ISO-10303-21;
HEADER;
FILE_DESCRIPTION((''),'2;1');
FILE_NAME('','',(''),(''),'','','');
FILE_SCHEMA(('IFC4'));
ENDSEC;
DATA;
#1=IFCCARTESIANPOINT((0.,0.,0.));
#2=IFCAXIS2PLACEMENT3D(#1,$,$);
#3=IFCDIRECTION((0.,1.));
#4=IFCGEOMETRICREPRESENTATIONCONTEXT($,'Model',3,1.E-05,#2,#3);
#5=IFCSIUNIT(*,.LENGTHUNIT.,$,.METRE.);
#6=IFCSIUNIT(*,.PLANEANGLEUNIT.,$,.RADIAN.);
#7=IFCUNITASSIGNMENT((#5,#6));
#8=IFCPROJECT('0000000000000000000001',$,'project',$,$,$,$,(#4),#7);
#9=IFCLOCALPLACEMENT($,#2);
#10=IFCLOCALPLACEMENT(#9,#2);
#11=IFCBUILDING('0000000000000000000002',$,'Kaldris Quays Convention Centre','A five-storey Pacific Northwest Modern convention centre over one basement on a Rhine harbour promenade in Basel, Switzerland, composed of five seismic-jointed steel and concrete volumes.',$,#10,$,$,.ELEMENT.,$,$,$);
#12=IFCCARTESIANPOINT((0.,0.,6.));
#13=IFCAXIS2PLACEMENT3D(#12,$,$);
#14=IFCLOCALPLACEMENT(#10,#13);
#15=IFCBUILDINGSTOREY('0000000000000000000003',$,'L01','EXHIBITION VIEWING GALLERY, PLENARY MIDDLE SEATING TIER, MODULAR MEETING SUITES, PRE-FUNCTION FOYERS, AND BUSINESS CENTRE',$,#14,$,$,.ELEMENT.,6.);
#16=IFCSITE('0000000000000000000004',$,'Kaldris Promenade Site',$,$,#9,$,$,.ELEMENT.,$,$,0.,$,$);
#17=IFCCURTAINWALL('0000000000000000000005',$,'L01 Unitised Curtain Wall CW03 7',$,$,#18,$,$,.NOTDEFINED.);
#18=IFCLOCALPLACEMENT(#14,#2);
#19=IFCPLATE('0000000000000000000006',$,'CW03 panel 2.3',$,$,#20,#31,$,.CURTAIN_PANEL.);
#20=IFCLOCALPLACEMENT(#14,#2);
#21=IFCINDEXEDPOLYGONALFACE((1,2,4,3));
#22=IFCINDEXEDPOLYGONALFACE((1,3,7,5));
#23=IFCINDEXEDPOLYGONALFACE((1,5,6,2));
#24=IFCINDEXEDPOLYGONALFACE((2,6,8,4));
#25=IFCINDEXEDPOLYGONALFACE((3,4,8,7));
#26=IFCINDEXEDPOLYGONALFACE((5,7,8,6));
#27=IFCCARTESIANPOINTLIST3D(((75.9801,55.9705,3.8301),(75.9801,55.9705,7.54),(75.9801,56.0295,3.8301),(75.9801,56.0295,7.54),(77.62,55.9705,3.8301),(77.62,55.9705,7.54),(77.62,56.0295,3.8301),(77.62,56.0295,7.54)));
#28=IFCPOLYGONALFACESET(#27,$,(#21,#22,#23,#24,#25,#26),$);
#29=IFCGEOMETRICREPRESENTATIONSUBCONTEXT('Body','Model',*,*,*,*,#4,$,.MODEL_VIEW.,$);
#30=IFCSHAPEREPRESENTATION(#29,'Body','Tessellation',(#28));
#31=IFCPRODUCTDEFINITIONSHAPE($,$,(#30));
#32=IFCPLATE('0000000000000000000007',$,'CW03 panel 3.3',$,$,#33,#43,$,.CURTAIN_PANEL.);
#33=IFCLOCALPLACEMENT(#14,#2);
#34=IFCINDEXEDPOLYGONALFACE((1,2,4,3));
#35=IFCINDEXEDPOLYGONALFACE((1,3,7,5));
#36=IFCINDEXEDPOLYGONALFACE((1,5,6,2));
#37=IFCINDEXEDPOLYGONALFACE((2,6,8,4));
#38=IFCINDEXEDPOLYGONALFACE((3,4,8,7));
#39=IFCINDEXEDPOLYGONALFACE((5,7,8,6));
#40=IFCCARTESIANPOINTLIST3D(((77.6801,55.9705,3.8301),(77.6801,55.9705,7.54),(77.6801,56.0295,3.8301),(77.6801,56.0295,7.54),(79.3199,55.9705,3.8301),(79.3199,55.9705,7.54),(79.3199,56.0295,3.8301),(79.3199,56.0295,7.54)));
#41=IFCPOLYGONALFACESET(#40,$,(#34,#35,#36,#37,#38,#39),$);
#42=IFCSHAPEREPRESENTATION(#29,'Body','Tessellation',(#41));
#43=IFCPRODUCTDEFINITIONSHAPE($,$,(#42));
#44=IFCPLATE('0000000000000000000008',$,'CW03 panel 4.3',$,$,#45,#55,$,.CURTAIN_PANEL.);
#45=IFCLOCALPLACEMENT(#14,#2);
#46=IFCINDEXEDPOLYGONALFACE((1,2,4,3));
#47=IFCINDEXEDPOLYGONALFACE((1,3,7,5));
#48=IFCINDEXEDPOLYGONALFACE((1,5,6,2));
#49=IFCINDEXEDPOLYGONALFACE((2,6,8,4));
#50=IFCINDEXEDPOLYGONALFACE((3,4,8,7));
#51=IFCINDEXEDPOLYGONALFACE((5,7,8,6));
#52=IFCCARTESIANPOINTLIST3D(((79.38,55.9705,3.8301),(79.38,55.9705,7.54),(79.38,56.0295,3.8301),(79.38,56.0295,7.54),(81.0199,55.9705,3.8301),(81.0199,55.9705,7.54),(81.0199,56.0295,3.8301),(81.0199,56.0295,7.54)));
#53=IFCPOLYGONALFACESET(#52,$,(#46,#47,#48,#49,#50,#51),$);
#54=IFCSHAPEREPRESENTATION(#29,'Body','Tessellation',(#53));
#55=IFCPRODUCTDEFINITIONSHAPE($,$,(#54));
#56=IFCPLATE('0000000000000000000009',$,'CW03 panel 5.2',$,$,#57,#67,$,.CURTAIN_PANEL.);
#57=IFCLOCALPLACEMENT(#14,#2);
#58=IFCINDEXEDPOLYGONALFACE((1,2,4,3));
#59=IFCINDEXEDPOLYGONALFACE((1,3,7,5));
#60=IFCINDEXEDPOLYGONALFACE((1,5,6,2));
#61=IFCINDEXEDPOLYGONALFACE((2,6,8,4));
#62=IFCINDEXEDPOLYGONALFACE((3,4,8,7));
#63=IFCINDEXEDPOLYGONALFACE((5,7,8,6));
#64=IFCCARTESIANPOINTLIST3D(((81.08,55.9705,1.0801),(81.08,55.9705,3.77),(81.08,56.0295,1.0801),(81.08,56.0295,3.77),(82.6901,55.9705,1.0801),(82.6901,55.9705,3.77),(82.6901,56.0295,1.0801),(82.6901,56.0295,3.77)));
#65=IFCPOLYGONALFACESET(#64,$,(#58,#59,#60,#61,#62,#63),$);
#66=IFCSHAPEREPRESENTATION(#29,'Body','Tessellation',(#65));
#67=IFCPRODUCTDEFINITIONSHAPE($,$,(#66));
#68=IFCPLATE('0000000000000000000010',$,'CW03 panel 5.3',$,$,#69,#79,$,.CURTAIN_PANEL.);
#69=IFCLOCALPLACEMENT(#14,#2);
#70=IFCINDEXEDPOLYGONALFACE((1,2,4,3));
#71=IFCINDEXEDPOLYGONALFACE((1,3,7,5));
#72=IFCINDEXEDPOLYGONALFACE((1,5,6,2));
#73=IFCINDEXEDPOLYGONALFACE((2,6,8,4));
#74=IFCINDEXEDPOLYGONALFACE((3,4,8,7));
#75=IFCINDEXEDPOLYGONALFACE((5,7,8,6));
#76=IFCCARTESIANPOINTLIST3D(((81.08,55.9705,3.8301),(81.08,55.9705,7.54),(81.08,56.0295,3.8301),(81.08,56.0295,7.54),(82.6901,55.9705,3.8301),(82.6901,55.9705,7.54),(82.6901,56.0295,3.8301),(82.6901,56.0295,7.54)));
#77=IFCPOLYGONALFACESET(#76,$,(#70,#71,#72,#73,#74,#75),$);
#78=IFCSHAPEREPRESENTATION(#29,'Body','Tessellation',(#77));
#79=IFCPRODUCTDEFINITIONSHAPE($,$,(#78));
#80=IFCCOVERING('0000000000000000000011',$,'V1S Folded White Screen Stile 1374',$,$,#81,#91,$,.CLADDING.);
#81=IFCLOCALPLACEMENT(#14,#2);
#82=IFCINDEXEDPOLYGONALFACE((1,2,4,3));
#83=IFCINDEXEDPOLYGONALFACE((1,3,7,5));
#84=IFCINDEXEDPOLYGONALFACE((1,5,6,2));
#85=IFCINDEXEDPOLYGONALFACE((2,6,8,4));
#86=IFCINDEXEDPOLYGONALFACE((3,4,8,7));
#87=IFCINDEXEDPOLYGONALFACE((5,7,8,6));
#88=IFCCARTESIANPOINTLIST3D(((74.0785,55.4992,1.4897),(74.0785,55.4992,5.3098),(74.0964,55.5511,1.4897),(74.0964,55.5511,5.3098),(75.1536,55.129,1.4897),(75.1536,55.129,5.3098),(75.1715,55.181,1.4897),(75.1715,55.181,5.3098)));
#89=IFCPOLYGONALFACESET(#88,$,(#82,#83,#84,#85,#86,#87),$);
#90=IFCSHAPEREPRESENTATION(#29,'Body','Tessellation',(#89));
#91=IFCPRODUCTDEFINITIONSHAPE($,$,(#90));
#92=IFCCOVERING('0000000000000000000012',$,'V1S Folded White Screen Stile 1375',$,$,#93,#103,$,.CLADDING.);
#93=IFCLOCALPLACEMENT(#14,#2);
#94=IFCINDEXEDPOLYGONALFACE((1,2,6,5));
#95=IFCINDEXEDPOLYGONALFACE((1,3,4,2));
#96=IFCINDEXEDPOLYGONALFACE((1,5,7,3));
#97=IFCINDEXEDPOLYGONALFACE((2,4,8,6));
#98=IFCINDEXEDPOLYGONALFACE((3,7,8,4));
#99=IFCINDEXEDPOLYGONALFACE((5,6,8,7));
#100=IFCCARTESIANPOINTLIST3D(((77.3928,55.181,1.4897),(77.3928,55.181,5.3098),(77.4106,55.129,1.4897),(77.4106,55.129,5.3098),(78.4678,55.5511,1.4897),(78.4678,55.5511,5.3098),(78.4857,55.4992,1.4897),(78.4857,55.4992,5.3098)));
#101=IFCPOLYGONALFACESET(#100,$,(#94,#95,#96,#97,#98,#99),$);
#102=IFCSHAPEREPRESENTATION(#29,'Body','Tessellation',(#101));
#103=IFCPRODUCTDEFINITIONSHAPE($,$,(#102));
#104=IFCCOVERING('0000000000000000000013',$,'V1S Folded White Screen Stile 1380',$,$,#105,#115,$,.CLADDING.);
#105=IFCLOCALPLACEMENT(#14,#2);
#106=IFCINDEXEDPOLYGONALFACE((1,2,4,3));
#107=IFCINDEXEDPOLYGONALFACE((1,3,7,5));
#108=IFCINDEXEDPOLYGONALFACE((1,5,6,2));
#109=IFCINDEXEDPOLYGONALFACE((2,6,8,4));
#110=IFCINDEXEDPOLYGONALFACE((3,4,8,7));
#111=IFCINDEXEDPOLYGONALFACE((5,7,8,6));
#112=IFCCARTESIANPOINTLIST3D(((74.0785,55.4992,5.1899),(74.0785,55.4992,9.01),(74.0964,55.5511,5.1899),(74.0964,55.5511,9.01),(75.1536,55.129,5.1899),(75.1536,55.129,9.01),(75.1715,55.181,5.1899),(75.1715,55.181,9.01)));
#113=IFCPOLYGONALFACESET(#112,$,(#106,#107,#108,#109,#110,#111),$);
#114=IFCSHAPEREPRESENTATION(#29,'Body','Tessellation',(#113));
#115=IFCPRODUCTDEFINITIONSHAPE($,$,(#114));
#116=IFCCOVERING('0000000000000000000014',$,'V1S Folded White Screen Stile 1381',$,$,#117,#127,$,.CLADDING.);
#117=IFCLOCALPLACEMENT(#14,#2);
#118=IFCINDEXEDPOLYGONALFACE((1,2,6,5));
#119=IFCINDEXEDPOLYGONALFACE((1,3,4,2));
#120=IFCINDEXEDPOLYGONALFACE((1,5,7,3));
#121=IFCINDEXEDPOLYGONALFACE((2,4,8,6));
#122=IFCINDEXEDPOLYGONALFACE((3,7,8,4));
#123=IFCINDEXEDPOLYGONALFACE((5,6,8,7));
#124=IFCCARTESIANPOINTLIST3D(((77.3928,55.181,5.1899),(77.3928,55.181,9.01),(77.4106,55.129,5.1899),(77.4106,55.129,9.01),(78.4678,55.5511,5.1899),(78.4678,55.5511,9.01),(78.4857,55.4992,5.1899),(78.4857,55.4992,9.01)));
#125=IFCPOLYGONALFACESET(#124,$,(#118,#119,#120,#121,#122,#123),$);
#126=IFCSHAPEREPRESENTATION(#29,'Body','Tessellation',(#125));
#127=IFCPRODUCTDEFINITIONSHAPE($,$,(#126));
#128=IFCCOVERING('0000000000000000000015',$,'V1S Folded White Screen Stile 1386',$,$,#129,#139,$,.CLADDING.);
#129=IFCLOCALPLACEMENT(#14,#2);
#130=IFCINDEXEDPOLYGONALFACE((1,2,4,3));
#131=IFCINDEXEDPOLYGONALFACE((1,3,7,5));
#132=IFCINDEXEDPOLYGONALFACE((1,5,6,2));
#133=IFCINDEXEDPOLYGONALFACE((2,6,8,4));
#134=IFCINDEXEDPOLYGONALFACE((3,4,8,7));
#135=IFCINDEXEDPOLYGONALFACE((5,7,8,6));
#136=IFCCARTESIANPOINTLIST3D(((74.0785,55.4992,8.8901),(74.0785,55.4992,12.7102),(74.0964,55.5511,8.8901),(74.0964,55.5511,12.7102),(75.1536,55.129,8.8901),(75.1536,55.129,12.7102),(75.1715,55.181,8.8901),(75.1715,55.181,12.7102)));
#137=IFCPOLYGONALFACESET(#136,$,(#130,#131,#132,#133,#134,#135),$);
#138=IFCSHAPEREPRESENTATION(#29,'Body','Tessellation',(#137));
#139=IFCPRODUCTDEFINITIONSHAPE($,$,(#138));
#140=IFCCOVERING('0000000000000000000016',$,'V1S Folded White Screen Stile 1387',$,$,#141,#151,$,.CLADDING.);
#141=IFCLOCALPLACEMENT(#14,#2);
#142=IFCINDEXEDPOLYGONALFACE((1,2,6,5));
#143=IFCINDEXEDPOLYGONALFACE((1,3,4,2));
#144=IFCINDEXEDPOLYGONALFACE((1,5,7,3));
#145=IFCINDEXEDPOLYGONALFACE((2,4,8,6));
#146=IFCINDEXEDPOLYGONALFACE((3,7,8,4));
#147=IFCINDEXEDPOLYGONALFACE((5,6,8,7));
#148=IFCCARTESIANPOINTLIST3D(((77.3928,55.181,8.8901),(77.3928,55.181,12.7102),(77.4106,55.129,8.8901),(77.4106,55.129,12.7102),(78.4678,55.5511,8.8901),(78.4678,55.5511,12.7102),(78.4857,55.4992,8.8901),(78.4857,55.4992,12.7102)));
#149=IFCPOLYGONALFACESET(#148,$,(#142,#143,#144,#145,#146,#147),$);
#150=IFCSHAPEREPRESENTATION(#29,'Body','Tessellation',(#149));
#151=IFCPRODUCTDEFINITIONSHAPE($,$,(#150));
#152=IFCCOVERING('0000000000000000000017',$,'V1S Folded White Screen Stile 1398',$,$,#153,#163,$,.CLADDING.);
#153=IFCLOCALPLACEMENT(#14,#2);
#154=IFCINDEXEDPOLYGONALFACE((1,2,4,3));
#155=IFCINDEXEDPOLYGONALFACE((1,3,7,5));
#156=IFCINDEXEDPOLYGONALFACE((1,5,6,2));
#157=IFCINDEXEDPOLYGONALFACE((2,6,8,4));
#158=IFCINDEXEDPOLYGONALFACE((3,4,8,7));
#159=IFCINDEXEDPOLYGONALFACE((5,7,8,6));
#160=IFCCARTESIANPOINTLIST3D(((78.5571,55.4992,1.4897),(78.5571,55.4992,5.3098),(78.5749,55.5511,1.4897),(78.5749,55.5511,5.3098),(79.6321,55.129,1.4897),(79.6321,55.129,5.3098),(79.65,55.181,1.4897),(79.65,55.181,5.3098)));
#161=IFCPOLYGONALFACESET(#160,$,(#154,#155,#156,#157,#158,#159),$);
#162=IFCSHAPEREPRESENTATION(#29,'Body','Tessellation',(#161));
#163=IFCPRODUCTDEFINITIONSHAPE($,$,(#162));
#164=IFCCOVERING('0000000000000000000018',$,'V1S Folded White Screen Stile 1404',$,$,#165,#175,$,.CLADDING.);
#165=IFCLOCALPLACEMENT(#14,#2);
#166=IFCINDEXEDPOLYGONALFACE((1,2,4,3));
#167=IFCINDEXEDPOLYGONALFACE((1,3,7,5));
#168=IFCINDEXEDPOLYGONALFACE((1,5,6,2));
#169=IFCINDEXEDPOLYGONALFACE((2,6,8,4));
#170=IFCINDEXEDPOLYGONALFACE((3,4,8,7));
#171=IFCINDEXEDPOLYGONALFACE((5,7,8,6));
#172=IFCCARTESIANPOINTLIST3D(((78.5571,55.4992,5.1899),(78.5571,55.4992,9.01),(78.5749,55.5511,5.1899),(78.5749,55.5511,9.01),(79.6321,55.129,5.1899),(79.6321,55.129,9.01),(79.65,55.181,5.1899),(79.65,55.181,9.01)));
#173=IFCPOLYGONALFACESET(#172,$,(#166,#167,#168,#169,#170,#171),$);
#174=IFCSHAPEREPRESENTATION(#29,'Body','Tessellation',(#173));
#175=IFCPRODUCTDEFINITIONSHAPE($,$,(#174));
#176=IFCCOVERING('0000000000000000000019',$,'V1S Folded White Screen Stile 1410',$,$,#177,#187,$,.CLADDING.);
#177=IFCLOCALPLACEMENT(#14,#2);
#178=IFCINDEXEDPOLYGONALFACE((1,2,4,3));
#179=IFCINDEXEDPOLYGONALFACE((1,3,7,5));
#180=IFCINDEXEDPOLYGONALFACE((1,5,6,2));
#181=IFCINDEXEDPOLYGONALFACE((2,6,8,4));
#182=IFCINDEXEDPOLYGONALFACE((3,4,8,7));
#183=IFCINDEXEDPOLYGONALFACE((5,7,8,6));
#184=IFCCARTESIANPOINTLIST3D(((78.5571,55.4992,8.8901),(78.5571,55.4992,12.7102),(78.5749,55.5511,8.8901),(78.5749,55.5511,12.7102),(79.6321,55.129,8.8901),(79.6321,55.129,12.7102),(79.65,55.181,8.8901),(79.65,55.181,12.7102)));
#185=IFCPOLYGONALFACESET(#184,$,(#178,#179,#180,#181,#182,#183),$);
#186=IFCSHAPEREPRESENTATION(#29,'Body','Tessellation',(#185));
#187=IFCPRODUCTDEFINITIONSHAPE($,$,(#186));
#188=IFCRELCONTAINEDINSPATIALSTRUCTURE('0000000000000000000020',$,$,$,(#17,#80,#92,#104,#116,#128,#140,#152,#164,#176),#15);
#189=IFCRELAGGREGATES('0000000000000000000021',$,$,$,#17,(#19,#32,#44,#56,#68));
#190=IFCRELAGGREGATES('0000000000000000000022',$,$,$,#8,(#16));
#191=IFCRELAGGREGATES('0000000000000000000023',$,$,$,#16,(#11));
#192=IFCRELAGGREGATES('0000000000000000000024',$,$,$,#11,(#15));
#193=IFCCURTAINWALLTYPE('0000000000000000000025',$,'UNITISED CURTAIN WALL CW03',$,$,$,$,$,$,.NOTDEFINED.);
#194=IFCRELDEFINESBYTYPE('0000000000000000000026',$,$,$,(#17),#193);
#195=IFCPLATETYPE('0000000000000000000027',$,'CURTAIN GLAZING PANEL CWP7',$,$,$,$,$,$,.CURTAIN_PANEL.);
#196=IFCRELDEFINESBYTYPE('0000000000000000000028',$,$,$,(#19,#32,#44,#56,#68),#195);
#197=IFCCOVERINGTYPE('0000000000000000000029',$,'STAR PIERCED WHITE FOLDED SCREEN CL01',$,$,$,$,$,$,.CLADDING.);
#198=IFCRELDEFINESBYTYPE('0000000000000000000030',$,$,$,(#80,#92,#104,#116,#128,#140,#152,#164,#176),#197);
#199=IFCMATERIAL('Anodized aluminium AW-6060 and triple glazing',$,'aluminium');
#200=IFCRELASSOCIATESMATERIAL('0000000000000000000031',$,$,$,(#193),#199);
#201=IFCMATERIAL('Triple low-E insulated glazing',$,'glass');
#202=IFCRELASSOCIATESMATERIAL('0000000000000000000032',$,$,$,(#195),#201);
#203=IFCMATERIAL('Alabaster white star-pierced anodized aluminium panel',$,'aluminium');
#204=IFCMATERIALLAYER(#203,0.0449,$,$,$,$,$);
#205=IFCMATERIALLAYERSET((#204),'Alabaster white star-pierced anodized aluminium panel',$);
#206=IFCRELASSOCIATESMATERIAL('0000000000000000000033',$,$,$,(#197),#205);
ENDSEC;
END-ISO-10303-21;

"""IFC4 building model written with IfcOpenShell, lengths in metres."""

from ifc_helpers import new_model, si_unit, direction, frame, origin, origin_2d, place, context, subcontext, project, spatial, rectangle, extrude, material, layer, layer_set, type_object, element, aggregate, save


model = new_model("IFC4")

# Units and contexts
model_context = context("Model", 3, precision=1e-05, world=origin(), true_north=direction((0.0, 1.0)))
body_context = subcontext(model_context, "Body", "Model", "MODEL_VIEW")
ifc_project = project(units=[si_unit("LENGTHUNIT", "METRE"), si_unit("PLANEANGLEUNIT", "RADIAN")], contexts=[model_context])

# Site, building, storey
site_placement = place(None, origin())
site = spatial("IfcSite", under=ifc_project, at=site_placement, Name="Kaldris Promenade Site", CompositionType="ELEMENT", RefElevation=0.0)
building_placement = place(site_placement, origin())
building = spatial("IfcBuilding", under=site, at=building_placement, Name="Kaldris Quays Convention Centre", Description="A five-storey Pacific Northwest Modern convention centre over one basement on a Rhine harbour promenade in Basel, Switzerland, composed of five seismic-jointed steel and concrete volumes.", CompositionType="ELEMENT")
storey_placement = place(building_placement, frame((0.0, 0.0, 6.0)))
storey = spatial("IfcBuildingStorey", under=building, at=storey_placement, Name="L01", Description="EXHIBITION VIEWING GALLERY, PLENARY MIDDLE SEATING TIER, MODULAR MEETING SUITES, PRE-FUNCTION FOYERS, AND BUSINESS CENTRE", CompositionType="ELEMENT", Elevation=6.0)

# Curtain wall, plates
ifc_material_1 = material(Name="Anodized aluminium AW-6060 and triple glazing", Category="aluminium")
curtain_wall_type = type_object("IfcCurtainWallType", Name="UNITISED CURTAIN WALL CW03", PredefinedType="NOTDEFINED", material=ifc_material_1)
curtain_wall_placement = place(storey_placement, origin())
curtain_wall = element("IfcCurtainWall", 1, at=curtain_wall_placement, inside=storey, type_object=curtain_wall_type, Name="L01 Unitised Curtain Wall CW03 7", PredefinedType="NOTDEFINED")
ifc_material_2 = material(Name="Triple low-E insulated glazing", Category="glass")
plate_type = type_object("IfcPlateType", Name="CURTAIN GLAZING PANEL CWP7", PredefinedType="CURTAIN_PANEL", material=ifc_material_2)
plate_1_placement = place(storey_placement, frame((76.8, 56.0, 3.8301), z_axis=(0.0, 0.0, 1.0), x_axis=(1.0, 0.0, 0.0)))
plate_1 = element("IfcPlate", 2, at=plate_1_placement, type_object=plate_type, Name="CW03 panel 2.3", PredefinedType="CURTAIN_PANEL", context=body_context, shape_type="SweptSolid", body=[
    extrude(rectangle(XDim=1.6399, YDim=0.0591, at=origin_2d()), origin(), (0.0, 0.0, 1.0), 3.71),
])
plate_2_placement = place(storey_placement, frame((78.5, 56.0, 3.8301), z_axis=(0.0, 0.0, 1.0), x_axis=(1.0, 0.0, 0.0)))
plate_2 = element("IfcPlate", 3, at=plate_2_placement, type_object=plate_type, Name="CW03 panel 3.3", PredefinedType="CURTAIN_PANEL", context=body_context, shape_type="SweptSolid", body=[
    extrude(rectangle(XDim=1.6399, YDim=0.0591, at=origin_2d()), origin(), (0.0, 0.0, 1.0), 3.71),
])
plate_3_placement = place(storey_placement, frame((80.2, 56.0, 3.8301), z_axis=(0.0, 0.0, 1.0), x_axis=(1.0, 0.0, 0.0)))
plate_3 = element("IfcPlate", 4, at=plate_3_placement, type_object=plate_type, Name="CW03 panel 4.3", PredefinedType="CURTAIN_PANEL", context=body_context, shape_type="SweptSolid", body=[
    extrude(rectangle(XDim=1.6399, YDim=0.0591, at=origin_2d()), origin(), (0.0, 0.0, 1.0), 3.71),
])
plate_4_placement = place(storey_placement, frame((81.885, 56.0, 1.0801), z_axis=(0.0, 0.0, 1.0), x_axis=(1.0, 0.0, 0.0)))
plate_4 = element("IfcPlate", 5, at=plate_4_placement, type_object=plate_type, Name="CW03 panel 5.2", PredefinedType="CURTAIN_PANEL", context=body_context, shape_type="SweptSolid", body=[
    extrude(rectangle(XDim=1.6101, YDim=0.0591, at=origin_2d()), origin(), (0.0, 0.0, 1.0), 2.6899),
])
plate_5_placement = place(storey_placement, frame((81.885, 56.0, 3.8301), z_axis=(0.0, 0.0, 1.0), x_axis=(1.0, 0.0, 0.0)))
plate_5 = element("IfcPlate", 6, at=plate_5_placement, type_object=plate_type, Name="CW03 panel 5.3", PredefinedType="CURTAIN_PANEL", context=body_context, shape_type="SweptSolid", body=[
    extrude(rectangle(XDim=1.6101, YDim=0.0591, at=origin_2d()), origin(), (0.0, 0.0, 1.0), 3.71),
])
aggregate(curtain_wall, [plate_1, plate_2, plate_3, plate_4, plate_5])

# Coverings
ifc_material_3 = material(Name="Alabaster white star-pierced anodized aluminium panel", Category="aluminium")
ifc_layer = layer(ifc_material_3, 0.0449)
ifc_layer_set = layer_set([ifc_layer], Name="Alabaster white star-pierced anodized aluminium panel")
covering_type = type_object("IfcCoveringType", Name="STAR PIERCED WHITE FOLDED SCREEN CL01", PredefinedType="CLADDING", material=ifc_layer_set)
for number, where, z_axis, x_axis, name in (
    (7, (74.625, 55.3401, 1.4897), (0.0, 0.0, 1.0), (0.945519, -0.325568, 0.0), "V1S Folded White Screen Stile 1374"),
    (8, (77.9392, 55.3401, 1.4897), (0.0, 0.0, 1.0), (0.945519, 0.325568, 0.0), "V1S Folded White Screen Stile 1375"),
    (9, (74.625, 55.3401, 5.1899), (0.0, 0.0, 1.0), (0.945519, -0.325568, 0.0), "V1S Folded White Screen Stile 1380"),
    (10, (77.9392, 55.3401, 5.1899), (0.0, 0.0, 1.0), (0.945519, 0.325568, 0.0), "V1S Folded White Screen Stile 1381"),
    (11, (74.625, 55.3401, 8.8901), (0.0, 0.0, 1.0), (0.945519, -0.325568, 0.0), "V1S Folded White Screen Stile 1386"),
    (12, (77.9392, 55.3401, 8.8901), (0.0, 0.0, 1.0), (0.945519, 0.325568, 0.0), "V1S Folded White Screen Stile 1387"),
    (13, (79.1035, 55.3401, 1.4897), (0.0, 0.0, 1.0), (0.945519, -0.325568, 0.0), "V1S Folded White Screen Stile 1398"),
    (14, (79.1035, 55.3401, 5.1899), (0.0, 0.0, 1.0), (0.945519, -0.325568, 0.0), "V1S Folded White Screen Stile 1404"),
    (15, (79.1035, 55.3401, 8.8901), (0.0, 0.0, 1.0), (0.945519, -0.325568, 0.0), "V1S Folded White Screen Stile 1410"),
):
    element("IfcCovering", number, at=place(storey_placement, frame(where, z_axis=z_axis, x_axis=x_axis)), inside=storey, type_object=covering_type, Name=name, PredefinedType="CLADDING", context=body_context, shape_type="SweptSolid", body=[
        extrude(rectangle(XDim=1.137, YDim=0.0549, at=origin_2d()), origin(), (0.0, 0.0, 1.0), 3.8201),
    ])

save(model, "model.ifc")
